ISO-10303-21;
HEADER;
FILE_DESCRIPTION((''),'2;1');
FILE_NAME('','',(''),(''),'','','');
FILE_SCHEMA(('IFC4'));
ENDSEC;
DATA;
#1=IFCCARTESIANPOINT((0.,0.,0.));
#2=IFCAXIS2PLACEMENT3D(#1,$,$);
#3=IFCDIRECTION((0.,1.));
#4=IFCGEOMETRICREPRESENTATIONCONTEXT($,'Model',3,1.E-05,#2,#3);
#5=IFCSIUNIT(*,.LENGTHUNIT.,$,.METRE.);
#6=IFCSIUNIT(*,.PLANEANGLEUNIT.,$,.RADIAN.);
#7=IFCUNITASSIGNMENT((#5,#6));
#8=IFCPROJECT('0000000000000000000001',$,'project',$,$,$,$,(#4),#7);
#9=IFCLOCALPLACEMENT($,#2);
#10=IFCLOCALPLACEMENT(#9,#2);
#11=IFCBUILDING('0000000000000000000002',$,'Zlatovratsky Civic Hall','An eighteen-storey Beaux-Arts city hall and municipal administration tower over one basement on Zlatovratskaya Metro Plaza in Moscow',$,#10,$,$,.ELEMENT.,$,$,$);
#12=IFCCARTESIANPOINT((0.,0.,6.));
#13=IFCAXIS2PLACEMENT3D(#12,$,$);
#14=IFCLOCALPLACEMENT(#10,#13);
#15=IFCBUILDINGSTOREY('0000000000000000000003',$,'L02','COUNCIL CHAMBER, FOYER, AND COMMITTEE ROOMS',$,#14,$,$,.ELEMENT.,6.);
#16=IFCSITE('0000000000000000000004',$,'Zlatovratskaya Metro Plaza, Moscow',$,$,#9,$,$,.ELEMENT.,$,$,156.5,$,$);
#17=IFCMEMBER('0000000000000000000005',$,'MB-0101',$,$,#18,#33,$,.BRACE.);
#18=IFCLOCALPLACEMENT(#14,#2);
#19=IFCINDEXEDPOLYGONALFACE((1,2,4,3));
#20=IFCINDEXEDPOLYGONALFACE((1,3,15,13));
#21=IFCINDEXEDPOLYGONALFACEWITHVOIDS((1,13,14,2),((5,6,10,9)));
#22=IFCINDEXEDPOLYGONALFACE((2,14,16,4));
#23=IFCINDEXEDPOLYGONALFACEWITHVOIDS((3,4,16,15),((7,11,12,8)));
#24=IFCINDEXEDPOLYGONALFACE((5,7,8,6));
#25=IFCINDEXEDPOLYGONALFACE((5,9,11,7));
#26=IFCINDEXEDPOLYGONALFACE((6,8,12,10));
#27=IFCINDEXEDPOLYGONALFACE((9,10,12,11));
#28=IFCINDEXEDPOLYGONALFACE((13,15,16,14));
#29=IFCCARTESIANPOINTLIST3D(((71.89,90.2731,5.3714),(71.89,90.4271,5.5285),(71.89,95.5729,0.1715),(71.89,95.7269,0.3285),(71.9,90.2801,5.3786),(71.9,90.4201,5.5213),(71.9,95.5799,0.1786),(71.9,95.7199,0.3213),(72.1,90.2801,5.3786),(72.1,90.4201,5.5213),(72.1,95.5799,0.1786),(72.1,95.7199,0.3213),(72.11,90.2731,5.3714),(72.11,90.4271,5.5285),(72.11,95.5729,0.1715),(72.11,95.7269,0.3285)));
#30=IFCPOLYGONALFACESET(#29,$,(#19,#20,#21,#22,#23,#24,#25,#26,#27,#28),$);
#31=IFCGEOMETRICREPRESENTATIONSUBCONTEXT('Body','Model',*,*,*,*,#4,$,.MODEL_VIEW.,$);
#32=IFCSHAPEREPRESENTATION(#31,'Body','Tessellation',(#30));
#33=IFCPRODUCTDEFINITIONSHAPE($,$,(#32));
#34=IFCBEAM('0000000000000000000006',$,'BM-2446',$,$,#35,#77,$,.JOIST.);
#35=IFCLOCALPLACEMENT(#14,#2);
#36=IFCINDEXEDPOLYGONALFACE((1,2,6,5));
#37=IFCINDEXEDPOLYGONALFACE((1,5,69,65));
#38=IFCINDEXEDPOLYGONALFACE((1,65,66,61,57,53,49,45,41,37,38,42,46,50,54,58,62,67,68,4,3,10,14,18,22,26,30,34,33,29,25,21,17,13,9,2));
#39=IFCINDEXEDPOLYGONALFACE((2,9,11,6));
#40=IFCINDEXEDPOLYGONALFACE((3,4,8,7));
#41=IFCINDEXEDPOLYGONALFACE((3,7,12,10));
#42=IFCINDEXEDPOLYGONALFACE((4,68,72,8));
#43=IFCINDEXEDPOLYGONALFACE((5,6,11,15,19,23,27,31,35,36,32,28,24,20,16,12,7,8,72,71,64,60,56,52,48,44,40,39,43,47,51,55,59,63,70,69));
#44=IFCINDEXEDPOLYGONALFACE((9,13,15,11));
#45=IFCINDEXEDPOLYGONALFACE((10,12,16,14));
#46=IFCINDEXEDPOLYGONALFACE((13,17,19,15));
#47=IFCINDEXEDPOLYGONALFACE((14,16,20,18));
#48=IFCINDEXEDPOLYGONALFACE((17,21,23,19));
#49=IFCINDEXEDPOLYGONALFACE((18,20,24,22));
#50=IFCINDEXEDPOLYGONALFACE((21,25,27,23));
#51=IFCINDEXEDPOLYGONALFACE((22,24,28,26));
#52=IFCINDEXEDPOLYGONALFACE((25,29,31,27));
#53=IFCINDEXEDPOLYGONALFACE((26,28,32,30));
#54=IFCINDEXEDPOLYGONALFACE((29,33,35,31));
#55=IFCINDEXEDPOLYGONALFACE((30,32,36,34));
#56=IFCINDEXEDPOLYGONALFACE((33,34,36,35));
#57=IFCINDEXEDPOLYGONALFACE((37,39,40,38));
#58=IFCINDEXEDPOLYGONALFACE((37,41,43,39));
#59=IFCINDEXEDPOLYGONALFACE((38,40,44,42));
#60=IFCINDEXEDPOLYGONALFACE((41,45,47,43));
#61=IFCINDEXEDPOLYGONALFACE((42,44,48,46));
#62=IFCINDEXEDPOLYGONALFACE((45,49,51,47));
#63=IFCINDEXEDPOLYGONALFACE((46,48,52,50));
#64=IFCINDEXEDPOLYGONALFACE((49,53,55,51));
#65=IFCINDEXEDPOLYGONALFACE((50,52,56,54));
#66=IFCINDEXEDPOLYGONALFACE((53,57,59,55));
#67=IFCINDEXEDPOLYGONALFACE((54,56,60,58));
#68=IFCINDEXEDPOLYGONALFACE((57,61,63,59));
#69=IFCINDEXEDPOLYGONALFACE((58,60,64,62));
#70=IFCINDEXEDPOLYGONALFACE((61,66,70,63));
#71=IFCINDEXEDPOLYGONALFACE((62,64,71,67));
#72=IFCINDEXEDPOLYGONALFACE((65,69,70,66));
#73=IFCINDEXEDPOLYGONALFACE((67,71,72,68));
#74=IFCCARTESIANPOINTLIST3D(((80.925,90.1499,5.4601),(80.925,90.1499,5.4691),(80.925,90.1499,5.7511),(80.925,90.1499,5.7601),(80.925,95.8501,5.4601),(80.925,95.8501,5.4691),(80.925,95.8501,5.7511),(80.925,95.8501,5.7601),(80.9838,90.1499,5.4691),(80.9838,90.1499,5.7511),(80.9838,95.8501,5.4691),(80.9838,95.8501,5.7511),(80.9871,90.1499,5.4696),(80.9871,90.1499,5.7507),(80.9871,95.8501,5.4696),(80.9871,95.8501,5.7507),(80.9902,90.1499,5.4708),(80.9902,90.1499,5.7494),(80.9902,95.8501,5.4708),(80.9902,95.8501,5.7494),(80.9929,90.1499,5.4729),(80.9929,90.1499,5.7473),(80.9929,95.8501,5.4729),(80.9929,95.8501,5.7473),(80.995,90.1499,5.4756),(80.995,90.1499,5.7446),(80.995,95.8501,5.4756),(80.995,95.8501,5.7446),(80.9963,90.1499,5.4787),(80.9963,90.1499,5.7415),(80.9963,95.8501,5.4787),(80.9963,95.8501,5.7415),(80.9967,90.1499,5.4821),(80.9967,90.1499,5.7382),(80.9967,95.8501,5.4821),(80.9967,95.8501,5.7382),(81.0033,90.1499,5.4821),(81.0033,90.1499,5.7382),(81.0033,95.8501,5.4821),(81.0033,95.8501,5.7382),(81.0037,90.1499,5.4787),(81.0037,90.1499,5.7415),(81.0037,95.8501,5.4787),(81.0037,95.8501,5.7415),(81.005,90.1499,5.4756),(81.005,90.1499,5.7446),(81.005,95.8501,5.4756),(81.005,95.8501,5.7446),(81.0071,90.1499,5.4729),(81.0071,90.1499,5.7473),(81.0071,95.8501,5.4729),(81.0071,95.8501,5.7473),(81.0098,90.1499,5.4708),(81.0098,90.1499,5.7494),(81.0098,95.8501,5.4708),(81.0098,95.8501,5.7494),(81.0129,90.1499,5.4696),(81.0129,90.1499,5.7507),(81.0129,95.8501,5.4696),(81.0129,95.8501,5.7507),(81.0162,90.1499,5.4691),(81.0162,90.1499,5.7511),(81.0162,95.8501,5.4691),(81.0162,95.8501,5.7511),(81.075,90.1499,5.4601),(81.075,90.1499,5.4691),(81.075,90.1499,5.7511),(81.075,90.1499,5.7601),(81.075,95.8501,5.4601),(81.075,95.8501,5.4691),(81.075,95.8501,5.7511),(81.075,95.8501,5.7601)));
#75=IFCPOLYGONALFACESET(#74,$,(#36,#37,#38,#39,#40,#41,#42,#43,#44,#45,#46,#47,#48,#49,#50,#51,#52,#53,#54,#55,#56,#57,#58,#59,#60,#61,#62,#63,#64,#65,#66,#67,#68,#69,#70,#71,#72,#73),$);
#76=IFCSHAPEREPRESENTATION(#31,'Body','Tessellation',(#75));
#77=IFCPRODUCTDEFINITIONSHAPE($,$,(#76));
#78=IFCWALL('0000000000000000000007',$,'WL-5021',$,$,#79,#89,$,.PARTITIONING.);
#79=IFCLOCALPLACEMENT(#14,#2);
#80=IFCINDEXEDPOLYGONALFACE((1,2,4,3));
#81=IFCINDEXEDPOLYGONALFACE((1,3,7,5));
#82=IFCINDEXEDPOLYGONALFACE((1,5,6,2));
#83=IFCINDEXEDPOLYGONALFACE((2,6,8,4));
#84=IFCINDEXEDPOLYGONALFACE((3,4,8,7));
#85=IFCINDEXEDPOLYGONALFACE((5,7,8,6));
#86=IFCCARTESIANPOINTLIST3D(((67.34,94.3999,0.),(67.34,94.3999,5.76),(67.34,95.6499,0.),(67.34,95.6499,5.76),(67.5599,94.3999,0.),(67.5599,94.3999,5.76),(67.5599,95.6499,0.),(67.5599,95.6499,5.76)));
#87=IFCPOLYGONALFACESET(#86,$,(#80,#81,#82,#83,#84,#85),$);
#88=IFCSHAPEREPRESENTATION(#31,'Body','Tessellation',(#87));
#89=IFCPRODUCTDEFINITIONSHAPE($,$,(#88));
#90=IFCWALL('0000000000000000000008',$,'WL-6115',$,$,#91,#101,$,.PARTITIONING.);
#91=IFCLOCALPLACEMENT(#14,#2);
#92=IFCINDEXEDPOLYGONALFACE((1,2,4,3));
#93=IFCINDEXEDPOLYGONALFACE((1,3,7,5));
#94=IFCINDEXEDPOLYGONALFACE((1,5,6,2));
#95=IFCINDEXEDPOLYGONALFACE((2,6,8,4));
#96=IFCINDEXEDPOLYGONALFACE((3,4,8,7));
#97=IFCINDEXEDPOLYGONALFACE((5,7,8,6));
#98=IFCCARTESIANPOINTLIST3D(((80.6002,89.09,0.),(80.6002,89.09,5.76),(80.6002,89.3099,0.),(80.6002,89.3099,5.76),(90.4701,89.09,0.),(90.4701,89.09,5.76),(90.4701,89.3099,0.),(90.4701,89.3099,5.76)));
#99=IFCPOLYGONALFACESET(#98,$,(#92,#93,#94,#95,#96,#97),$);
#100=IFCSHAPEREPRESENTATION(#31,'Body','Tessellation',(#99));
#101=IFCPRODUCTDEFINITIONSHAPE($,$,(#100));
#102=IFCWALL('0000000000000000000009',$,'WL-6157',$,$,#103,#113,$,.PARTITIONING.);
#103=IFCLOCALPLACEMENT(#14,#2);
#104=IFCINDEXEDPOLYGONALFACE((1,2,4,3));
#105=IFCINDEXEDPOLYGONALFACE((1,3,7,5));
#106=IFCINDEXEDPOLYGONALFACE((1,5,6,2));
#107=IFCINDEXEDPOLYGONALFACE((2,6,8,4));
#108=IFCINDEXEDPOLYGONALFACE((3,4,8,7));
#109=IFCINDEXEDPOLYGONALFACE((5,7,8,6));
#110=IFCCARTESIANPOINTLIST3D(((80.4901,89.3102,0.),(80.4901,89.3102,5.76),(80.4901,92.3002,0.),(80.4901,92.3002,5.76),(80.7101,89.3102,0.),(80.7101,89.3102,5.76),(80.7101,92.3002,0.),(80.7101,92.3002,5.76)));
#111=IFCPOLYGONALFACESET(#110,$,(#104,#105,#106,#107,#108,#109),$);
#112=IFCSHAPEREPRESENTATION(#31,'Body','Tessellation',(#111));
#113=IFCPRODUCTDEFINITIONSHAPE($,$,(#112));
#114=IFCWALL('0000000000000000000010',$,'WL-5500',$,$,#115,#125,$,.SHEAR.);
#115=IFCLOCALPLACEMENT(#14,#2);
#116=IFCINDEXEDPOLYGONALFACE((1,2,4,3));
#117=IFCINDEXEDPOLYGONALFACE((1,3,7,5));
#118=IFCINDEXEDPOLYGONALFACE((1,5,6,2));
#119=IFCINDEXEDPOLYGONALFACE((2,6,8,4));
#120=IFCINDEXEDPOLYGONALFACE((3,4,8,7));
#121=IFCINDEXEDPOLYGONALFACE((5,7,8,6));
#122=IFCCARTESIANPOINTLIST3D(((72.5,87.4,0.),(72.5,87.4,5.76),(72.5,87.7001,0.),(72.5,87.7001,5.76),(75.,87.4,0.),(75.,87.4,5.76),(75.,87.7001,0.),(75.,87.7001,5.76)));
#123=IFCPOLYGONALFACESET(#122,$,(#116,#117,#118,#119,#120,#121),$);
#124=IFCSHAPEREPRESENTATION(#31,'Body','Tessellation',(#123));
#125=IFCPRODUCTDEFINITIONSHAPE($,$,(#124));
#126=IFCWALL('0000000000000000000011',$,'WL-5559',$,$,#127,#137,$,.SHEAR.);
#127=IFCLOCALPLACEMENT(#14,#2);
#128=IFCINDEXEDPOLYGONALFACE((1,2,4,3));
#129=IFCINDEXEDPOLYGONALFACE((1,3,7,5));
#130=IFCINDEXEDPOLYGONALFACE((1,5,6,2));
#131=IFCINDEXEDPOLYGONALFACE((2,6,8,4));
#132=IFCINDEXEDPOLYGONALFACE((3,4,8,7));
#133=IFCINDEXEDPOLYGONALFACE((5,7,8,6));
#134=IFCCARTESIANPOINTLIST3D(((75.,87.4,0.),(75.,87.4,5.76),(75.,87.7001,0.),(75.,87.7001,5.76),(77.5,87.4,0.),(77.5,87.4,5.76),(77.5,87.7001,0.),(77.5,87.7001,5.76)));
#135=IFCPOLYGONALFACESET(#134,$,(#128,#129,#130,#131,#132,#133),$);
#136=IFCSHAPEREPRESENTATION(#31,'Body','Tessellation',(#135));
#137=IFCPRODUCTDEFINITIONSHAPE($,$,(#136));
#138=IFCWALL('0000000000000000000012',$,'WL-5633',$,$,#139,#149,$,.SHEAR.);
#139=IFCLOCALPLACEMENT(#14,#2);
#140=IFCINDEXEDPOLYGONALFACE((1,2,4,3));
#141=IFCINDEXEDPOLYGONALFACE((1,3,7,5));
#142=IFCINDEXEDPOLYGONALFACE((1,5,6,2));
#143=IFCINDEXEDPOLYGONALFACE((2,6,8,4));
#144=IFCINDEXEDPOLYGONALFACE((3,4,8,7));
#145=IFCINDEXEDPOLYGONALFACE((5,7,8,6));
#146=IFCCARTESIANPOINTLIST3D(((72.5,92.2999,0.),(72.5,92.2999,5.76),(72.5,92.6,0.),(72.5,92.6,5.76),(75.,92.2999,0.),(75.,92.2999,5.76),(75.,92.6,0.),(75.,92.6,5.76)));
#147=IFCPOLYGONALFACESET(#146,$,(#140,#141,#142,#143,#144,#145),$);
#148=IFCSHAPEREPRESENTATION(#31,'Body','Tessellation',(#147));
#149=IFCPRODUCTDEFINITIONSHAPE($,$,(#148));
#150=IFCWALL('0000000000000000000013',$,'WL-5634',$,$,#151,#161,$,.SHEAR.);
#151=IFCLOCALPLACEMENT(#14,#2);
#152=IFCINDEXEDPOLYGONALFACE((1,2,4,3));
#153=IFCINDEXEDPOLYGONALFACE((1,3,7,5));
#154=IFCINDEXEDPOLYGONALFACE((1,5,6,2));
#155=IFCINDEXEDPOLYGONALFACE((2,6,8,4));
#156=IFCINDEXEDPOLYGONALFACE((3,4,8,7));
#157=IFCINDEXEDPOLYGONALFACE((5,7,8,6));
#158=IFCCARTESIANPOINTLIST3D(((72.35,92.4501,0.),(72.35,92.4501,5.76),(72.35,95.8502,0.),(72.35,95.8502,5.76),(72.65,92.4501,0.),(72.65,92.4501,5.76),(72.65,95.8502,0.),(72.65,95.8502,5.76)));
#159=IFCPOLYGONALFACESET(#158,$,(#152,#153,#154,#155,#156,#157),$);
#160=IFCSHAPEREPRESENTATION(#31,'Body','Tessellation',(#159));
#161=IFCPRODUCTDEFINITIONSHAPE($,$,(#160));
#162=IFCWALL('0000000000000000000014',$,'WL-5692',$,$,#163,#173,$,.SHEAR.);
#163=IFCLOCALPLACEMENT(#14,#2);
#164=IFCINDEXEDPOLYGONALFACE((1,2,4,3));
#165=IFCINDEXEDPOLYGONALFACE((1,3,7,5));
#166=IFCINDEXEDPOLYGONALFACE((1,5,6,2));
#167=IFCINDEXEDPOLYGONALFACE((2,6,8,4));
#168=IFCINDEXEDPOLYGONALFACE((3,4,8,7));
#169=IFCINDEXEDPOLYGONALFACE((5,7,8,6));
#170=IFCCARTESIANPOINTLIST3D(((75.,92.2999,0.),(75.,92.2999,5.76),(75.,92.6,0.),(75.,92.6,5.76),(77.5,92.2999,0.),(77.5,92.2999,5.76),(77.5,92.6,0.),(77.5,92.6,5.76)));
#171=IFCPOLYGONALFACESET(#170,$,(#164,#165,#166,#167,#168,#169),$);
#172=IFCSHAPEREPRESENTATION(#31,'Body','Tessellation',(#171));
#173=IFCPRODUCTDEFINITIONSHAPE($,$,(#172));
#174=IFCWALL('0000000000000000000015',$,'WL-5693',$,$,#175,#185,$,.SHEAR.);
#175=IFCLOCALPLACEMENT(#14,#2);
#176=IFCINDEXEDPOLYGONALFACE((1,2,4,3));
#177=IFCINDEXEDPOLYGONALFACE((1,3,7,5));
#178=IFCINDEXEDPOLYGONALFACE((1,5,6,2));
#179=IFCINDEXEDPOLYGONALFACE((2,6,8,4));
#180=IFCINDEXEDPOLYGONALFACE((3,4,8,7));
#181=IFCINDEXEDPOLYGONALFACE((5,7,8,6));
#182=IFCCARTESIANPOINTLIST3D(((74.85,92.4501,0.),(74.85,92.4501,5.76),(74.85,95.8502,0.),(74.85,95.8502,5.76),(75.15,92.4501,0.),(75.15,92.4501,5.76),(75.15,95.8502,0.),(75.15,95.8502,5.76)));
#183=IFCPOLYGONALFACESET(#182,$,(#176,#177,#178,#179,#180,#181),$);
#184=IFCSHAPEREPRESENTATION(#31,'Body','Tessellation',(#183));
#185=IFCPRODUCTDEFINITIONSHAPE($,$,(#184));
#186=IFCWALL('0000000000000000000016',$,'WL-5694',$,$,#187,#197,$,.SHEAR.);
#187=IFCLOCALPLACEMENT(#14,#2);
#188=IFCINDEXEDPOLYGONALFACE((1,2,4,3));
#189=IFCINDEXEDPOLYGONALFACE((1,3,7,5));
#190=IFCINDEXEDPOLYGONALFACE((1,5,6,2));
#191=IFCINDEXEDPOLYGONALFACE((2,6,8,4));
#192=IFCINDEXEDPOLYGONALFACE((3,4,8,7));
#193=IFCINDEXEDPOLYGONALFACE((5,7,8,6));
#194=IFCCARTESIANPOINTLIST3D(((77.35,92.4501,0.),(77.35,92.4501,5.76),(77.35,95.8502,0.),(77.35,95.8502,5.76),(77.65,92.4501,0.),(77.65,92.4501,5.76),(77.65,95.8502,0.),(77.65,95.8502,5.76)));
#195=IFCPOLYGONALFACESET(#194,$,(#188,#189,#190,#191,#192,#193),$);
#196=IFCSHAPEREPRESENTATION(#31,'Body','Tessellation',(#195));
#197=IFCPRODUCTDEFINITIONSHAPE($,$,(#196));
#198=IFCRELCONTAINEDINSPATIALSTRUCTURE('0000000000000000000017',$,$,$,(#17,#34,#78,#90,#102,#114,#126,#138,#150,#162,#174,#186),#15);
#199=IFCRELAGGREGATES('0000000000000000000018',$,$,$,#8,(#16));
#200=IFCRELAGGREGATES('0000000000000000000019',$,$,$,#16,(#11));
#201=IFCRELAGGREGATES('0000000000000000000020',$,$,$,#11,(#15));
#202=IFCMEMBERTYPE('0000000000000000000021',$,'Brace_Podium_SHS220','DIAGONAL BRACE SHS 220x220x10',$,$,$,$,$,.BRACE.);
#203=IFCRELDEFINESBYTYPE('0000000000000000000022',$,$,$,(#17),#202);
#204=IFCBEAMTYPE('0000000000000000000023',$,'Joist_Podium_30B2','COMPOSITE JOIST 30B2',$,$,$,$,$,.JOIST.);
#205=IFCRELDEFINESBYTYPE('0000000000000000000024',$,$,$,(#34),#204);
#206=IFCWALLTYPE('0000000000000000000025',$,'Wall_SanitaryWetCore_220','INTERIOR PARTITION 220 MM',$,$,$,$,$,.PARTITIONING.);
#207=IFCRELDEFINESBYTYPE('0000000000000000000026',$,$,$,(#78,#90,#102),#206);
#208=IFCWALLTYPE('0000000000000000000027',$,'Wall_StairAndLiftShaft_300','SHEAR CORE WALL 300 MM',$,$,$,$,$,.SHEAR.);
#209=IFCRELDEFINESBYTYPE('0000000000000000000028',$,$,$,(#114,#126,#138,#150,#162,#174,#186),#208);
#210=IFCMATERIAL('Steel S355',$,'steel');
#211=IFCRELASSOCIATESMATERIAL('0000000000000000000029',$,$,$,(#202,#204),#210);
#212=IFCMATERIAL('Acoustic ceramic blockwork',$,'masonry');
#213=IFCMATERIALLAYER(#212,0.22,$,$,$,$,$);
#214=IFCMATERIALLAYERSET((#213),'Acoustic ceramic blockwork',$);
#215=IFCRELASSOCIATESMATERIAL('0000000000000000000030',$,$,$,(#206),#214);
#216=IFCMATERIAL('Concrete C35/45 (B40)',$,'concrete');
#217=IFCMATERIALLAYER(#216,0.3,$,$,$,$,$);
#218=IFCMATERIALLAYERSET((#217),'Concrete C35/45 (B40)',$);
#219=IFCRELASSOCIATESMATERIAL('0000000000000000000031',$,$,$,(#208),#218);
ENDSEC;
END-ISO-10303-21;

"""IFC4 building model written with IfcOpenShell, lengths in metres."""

from ifc_helpers import new_model, si_unit, direction, frame, frame_2d, origin, origin_2d, place, context, subcontext, project, spatial, rectangle, hollow_rectangle, i_section, extrude, material, layer, layer_set, material_profile, profile_set, type_object, element, save


model = new_model("IFC4")

# Units and contexts
model_context = context("Model", 3, precision=1e-05, world=origin(), true_north=direction((0.0, 1.0)))
body_context = subcontext(model_context, "Body", "Model", "MODEL_VIEW")
ifc_project = project(units=[si_unit("LENGTHUNIT", "METRE"), si_unit("PLANEANGLEUNIT", "RADIAN")], contexts=[model_context])

# Site, building, storey
site_placement = place(None, origin())
site = spatial("IfcSite", under=ifc_project, at=site_placement, Name="Zlatovratskaya Metro Plaza, Moscow", CompositionType="ELEMENT", RefElevation=156.5)
building_placement = place(site_placement, origin())
building = spatial("IfcBuilding", under=site, at=building_placement, Name="Zlatovratsky Civic Hall", Description="An eighteen-storey Beaux-Arts city hall and municipal administration tower over one basement on Zlatovratskaya Metro Plaza in Moscow", CompositionType="ELEMENT")
storey_placement = place(building_placement, frame((0.0, 0.0, 6.0)))
storey = spatial("IfcBuildingStorey", under=building, at=storey_placement, Name="L02", Description="COUNCIL CHAMBER, FOYER, AND COMMITTEE ROOMS", CompositionType="ELEMENT", Elevation=6.0)

# Shared definitions
ifc_material_1 = material(Name="Concrete C35/45 (B40)", Category="concrete")

# Shared definitions
ifc_material_2 = material(Name="Steel S355", Category="steel")

# Member
ifc_material_profile_1 = material_profile(ifc_material_2, hollow_rectangle(XDim=0.22, YDim=0.22, WallThickness=0.01, at=origin_2d()), Name="SHS 220x220x10")
ifc_profile_set_1 = profile_set([ifc_material_profile_1], Name="Steel S355")
member_type_1 = type_object("IfcMemberType", Name="Brace_Podium_SHS220", Description="DIAGONAL BRACE SHS 220x220x10", PredefinedType="BRACE", material=ifc_profile_set_1)
member_1_placement = place(storey_placement, frame((72.0, 90.3501, 5.45), z_axis=(0.0, 0.713799, -0.70035), x_axis=(-1.0, 0.0, 0.0)))
element("IfcMember", 1, at=member_1_placement, inside=storey, type_object=member_type_1, Name="MB-0101", PredefinedType="BRACE", context=body_context, shape_type="SweptSolid", body=[
    extrude(hollow_rectangle(XDim=0.22, YDim=0.22, WallThickness=0.01, at=origin_2d()), origin(), (0.0, 0.0, 1.0), 7.4248),
])

# Beam
ifc_material_profile_2 = material_profile(ifc_material_2, i_section(OverallWidth=0.1499, OverallDepth=0.3, WebThickness=0.0066, FlangeThickness=0.009, FilletRadius=0.0129, at=origin_2d()), Name="30B2")
ifc_profile_set_2 = profile_set([ifc_material_profile_2], Name="Steel S355")
beam_type_1 = type_object("IfcBeamType", Name="Joist_Podium_30B2", Description="COMPOSITE JOIST 30B2", PredefinedType="JOIST", material=ifc_profile_set_2)
beam_1_placement = place(storey_placement, frame((81.0, 90.1499, 5.6101), z_axis=(0.0, 1.0, 0.0), x_axis=(-1.0, 0.0, 0.0)))
element("IfcBeam", 2, at=beam_1_placement, inside=storey, type_object=beam_type_1, Name="BM-2446", PredefinedType="JOIST", context=body_context, shape_type="SweptSolid", body=[
    extrude(i_section(OverallWidth=0.1499, OverallDepth=0.3, WebThickness=0.0066, FlangeThickness=0.009, FilletRadius=0.0129, at=origin_2d()), origin(), (0.0, 0.0, 1.0), 5.7002),
])

# Walls
ifc_material_3 = material(Name="Acoustic ceramic blockwork", Category="masonry")
ifc_layer_1 = layer(ifc_material_3, 0.22)
ifc_layer_set_1 = layer_set([ifc_layer_1], Name="Acoustic ceramic blockwork")
wall_type_1 = type_object("IfcWallType", Name="Wall_SanitaryWetCore_220", Description="INTERIOR PARTITION 220 MM", PredefinedType="PARTITIONING", material=ifc_layer_set_1)
wall_1_placement = place(storey_placement, frame((67.45, 94.3999, 0.0), z_axis=(0.0, 0.0, 1.0), x_axis=(0.0, 1.0, 0.0)))
element("IfcWall", 3, at=wall_1_placement, inside=storey, type_object=wall_type_1, Name="WL-5021", PredefinedType="PARTITIONING", context=body_context, shape_type="SweptSolid", body=[
    extrude(rectangle(XDim=1.25, YDim=0.22, at=frame_2d((0.625, 0.0))), origin(), (0.0, 0.0, 1.0), 5.76),
])
wall_2_placement = place(storey_placement, frame((80.6001, 89.2, 0.0), z_axis=(0.0, 0.0, 1.0), x_axis=(1.0, 0.0, 0.0)))
element("IfcWall", 4, at=wall_2_placement, inside=storey, type_object=wall_type_1, Name="WL-6115", PredefinedType="PARTITIONING", context=body_context, shape_type="SweptSolid", body=[
    extrude(rectangle(XDim=9.8699, YDim=0.22, at=frame_2d((4.9351, 0.0))), origin(), (0.0, 0.0, 1.0), 5.76),
])
wall_3_placement = place(storey_placement, frame((80.6001, 89.3101, 0.0), z_axis=(0.0, 0.0, 1.0), x_axis=(0.0, 1.0, 0.0)))
element("IfcWall", 5, at=wall_3_placement, inside=storey, type_object=wall_type_1, Name="WL-6157", PredefinedType="PARTITIONING", context=body_context, shape_type="SweptSolid", body=[
    extrude(rectangle(XDim=2.99, YDim=0.22, at=frame_2d((1.4951, 0.0))), origin(), (0.0, 0.0, 1.0), 5.76),
])
ifc_layer_2 = layer(ifc_material_1, 0.3)
ifc_layer_set_2 = layer_set([ifc_layer_2], Name="Concrete C35/45 (B40)")
wall_type_2 = type_object("IfcWallType", Name="Wall_StairAndLiftShaft_300", Description="SHEAR CORE WALL 300 MM", PredefinedType="SHEAR", material=ifc_layer_set_2)
for number, where, z_axis, x_axis, name in (
    (6, (72.5, 87.55, 0.0), (0.0, 0.0, 1.0), (1.0, 0.0, 0.0), "WL-5500"),
    (7, (75.0, 87.55, 0.0), (0.0, 0.0, 1.0), (1.0, 0.0, 0.0), "WL-5559"),
    (8, (72.5, 92.45, 0.0), (0.0, 0.0, 1.0), (1.0, 0.0, 0.0), "WL-5633"),
):
    element("IfcWall", number, at=place(storey_placement, frame(where, z_axis=z_axis, x_axis=x_axis)), inside=storey, type_object=wall_type_2, Name=name, PredefinedType="SHEAR", context=body_context, shape_type="SweptSolid", body=[
        extrude(rectangle(XDim=2.5, YDim=0.3, at=frame_2d((1.25, 0.0))), origin(), (0.0, 0.0, 1.0), 5.76),
    ])
wall_4_placement = place(storey_placement, frame((72.5, 92.45, 0.0), z_axis=(0.0, 0.0, 1.0), x_axis=(0.0, 1.0, 0.0)))
element("IfcWall", 9, at=wall_4_placement, inside=storey, type_object=wall_type_2, Name="WL-5634", PredefinedType="SHEAR", context=body_context, shape_type="SweptSolid", body=[
    extrude(rectangle(XDim=3.4001, YDim=0.3, at=frame_2d((1.7002, 0.0))), origin(), (0.0, 0.0, 1.0), 5.76),
])
wall_5_placement = place(storey_placement, frame((75.0, 92.45, 0.0), z_axis=(0.0, 0.0, 1.0), x_axis=(1.0, 0.0, 0.0)))
element("IfcWall", 10, at=wall_5_placement, inside=storey, type_object=wall_type_2, Name="WL-5692", PredefinedType="SHEAR", context=body_context, shape_type="SweptSolid", body=[
    extrude(rectangle(XDim=2.5, YDim=0.3, at=frame_2d((1.25, 0.0))), origin(), (0.0, 0.0, 1.0), 5.76),
])
for number, where, z_axis, x_axis, name in (
    (11, (75.0, 92.45, 0.0), (0.0, 0.0, 1.0), (0.0, 1.0, 0.0), "WL-5693"),
    (12, (77.5, 92.45, 0.0), (0.0, 0.0, 1.0), (0.0, 1.0, 0.0), "WL-5694"),
):
    element("IfcWall", number, at=place(storey_placement, frame(where, z_axis=z_axis, x_axis=x_axis)), inside=storey, type_object=wall_type_2, Name=name, PredefinedType="SHEAR", context=body_context, shape_type="SweptSolid", body=[
        extrude(rectangle(XDim=3.4001, YDim=0.3, at=frame_2d((1.7002, 0.0))), origin(), (0.0, 0.0, 1.0), 5.76),
    ])

save(model, "model.ifc")
